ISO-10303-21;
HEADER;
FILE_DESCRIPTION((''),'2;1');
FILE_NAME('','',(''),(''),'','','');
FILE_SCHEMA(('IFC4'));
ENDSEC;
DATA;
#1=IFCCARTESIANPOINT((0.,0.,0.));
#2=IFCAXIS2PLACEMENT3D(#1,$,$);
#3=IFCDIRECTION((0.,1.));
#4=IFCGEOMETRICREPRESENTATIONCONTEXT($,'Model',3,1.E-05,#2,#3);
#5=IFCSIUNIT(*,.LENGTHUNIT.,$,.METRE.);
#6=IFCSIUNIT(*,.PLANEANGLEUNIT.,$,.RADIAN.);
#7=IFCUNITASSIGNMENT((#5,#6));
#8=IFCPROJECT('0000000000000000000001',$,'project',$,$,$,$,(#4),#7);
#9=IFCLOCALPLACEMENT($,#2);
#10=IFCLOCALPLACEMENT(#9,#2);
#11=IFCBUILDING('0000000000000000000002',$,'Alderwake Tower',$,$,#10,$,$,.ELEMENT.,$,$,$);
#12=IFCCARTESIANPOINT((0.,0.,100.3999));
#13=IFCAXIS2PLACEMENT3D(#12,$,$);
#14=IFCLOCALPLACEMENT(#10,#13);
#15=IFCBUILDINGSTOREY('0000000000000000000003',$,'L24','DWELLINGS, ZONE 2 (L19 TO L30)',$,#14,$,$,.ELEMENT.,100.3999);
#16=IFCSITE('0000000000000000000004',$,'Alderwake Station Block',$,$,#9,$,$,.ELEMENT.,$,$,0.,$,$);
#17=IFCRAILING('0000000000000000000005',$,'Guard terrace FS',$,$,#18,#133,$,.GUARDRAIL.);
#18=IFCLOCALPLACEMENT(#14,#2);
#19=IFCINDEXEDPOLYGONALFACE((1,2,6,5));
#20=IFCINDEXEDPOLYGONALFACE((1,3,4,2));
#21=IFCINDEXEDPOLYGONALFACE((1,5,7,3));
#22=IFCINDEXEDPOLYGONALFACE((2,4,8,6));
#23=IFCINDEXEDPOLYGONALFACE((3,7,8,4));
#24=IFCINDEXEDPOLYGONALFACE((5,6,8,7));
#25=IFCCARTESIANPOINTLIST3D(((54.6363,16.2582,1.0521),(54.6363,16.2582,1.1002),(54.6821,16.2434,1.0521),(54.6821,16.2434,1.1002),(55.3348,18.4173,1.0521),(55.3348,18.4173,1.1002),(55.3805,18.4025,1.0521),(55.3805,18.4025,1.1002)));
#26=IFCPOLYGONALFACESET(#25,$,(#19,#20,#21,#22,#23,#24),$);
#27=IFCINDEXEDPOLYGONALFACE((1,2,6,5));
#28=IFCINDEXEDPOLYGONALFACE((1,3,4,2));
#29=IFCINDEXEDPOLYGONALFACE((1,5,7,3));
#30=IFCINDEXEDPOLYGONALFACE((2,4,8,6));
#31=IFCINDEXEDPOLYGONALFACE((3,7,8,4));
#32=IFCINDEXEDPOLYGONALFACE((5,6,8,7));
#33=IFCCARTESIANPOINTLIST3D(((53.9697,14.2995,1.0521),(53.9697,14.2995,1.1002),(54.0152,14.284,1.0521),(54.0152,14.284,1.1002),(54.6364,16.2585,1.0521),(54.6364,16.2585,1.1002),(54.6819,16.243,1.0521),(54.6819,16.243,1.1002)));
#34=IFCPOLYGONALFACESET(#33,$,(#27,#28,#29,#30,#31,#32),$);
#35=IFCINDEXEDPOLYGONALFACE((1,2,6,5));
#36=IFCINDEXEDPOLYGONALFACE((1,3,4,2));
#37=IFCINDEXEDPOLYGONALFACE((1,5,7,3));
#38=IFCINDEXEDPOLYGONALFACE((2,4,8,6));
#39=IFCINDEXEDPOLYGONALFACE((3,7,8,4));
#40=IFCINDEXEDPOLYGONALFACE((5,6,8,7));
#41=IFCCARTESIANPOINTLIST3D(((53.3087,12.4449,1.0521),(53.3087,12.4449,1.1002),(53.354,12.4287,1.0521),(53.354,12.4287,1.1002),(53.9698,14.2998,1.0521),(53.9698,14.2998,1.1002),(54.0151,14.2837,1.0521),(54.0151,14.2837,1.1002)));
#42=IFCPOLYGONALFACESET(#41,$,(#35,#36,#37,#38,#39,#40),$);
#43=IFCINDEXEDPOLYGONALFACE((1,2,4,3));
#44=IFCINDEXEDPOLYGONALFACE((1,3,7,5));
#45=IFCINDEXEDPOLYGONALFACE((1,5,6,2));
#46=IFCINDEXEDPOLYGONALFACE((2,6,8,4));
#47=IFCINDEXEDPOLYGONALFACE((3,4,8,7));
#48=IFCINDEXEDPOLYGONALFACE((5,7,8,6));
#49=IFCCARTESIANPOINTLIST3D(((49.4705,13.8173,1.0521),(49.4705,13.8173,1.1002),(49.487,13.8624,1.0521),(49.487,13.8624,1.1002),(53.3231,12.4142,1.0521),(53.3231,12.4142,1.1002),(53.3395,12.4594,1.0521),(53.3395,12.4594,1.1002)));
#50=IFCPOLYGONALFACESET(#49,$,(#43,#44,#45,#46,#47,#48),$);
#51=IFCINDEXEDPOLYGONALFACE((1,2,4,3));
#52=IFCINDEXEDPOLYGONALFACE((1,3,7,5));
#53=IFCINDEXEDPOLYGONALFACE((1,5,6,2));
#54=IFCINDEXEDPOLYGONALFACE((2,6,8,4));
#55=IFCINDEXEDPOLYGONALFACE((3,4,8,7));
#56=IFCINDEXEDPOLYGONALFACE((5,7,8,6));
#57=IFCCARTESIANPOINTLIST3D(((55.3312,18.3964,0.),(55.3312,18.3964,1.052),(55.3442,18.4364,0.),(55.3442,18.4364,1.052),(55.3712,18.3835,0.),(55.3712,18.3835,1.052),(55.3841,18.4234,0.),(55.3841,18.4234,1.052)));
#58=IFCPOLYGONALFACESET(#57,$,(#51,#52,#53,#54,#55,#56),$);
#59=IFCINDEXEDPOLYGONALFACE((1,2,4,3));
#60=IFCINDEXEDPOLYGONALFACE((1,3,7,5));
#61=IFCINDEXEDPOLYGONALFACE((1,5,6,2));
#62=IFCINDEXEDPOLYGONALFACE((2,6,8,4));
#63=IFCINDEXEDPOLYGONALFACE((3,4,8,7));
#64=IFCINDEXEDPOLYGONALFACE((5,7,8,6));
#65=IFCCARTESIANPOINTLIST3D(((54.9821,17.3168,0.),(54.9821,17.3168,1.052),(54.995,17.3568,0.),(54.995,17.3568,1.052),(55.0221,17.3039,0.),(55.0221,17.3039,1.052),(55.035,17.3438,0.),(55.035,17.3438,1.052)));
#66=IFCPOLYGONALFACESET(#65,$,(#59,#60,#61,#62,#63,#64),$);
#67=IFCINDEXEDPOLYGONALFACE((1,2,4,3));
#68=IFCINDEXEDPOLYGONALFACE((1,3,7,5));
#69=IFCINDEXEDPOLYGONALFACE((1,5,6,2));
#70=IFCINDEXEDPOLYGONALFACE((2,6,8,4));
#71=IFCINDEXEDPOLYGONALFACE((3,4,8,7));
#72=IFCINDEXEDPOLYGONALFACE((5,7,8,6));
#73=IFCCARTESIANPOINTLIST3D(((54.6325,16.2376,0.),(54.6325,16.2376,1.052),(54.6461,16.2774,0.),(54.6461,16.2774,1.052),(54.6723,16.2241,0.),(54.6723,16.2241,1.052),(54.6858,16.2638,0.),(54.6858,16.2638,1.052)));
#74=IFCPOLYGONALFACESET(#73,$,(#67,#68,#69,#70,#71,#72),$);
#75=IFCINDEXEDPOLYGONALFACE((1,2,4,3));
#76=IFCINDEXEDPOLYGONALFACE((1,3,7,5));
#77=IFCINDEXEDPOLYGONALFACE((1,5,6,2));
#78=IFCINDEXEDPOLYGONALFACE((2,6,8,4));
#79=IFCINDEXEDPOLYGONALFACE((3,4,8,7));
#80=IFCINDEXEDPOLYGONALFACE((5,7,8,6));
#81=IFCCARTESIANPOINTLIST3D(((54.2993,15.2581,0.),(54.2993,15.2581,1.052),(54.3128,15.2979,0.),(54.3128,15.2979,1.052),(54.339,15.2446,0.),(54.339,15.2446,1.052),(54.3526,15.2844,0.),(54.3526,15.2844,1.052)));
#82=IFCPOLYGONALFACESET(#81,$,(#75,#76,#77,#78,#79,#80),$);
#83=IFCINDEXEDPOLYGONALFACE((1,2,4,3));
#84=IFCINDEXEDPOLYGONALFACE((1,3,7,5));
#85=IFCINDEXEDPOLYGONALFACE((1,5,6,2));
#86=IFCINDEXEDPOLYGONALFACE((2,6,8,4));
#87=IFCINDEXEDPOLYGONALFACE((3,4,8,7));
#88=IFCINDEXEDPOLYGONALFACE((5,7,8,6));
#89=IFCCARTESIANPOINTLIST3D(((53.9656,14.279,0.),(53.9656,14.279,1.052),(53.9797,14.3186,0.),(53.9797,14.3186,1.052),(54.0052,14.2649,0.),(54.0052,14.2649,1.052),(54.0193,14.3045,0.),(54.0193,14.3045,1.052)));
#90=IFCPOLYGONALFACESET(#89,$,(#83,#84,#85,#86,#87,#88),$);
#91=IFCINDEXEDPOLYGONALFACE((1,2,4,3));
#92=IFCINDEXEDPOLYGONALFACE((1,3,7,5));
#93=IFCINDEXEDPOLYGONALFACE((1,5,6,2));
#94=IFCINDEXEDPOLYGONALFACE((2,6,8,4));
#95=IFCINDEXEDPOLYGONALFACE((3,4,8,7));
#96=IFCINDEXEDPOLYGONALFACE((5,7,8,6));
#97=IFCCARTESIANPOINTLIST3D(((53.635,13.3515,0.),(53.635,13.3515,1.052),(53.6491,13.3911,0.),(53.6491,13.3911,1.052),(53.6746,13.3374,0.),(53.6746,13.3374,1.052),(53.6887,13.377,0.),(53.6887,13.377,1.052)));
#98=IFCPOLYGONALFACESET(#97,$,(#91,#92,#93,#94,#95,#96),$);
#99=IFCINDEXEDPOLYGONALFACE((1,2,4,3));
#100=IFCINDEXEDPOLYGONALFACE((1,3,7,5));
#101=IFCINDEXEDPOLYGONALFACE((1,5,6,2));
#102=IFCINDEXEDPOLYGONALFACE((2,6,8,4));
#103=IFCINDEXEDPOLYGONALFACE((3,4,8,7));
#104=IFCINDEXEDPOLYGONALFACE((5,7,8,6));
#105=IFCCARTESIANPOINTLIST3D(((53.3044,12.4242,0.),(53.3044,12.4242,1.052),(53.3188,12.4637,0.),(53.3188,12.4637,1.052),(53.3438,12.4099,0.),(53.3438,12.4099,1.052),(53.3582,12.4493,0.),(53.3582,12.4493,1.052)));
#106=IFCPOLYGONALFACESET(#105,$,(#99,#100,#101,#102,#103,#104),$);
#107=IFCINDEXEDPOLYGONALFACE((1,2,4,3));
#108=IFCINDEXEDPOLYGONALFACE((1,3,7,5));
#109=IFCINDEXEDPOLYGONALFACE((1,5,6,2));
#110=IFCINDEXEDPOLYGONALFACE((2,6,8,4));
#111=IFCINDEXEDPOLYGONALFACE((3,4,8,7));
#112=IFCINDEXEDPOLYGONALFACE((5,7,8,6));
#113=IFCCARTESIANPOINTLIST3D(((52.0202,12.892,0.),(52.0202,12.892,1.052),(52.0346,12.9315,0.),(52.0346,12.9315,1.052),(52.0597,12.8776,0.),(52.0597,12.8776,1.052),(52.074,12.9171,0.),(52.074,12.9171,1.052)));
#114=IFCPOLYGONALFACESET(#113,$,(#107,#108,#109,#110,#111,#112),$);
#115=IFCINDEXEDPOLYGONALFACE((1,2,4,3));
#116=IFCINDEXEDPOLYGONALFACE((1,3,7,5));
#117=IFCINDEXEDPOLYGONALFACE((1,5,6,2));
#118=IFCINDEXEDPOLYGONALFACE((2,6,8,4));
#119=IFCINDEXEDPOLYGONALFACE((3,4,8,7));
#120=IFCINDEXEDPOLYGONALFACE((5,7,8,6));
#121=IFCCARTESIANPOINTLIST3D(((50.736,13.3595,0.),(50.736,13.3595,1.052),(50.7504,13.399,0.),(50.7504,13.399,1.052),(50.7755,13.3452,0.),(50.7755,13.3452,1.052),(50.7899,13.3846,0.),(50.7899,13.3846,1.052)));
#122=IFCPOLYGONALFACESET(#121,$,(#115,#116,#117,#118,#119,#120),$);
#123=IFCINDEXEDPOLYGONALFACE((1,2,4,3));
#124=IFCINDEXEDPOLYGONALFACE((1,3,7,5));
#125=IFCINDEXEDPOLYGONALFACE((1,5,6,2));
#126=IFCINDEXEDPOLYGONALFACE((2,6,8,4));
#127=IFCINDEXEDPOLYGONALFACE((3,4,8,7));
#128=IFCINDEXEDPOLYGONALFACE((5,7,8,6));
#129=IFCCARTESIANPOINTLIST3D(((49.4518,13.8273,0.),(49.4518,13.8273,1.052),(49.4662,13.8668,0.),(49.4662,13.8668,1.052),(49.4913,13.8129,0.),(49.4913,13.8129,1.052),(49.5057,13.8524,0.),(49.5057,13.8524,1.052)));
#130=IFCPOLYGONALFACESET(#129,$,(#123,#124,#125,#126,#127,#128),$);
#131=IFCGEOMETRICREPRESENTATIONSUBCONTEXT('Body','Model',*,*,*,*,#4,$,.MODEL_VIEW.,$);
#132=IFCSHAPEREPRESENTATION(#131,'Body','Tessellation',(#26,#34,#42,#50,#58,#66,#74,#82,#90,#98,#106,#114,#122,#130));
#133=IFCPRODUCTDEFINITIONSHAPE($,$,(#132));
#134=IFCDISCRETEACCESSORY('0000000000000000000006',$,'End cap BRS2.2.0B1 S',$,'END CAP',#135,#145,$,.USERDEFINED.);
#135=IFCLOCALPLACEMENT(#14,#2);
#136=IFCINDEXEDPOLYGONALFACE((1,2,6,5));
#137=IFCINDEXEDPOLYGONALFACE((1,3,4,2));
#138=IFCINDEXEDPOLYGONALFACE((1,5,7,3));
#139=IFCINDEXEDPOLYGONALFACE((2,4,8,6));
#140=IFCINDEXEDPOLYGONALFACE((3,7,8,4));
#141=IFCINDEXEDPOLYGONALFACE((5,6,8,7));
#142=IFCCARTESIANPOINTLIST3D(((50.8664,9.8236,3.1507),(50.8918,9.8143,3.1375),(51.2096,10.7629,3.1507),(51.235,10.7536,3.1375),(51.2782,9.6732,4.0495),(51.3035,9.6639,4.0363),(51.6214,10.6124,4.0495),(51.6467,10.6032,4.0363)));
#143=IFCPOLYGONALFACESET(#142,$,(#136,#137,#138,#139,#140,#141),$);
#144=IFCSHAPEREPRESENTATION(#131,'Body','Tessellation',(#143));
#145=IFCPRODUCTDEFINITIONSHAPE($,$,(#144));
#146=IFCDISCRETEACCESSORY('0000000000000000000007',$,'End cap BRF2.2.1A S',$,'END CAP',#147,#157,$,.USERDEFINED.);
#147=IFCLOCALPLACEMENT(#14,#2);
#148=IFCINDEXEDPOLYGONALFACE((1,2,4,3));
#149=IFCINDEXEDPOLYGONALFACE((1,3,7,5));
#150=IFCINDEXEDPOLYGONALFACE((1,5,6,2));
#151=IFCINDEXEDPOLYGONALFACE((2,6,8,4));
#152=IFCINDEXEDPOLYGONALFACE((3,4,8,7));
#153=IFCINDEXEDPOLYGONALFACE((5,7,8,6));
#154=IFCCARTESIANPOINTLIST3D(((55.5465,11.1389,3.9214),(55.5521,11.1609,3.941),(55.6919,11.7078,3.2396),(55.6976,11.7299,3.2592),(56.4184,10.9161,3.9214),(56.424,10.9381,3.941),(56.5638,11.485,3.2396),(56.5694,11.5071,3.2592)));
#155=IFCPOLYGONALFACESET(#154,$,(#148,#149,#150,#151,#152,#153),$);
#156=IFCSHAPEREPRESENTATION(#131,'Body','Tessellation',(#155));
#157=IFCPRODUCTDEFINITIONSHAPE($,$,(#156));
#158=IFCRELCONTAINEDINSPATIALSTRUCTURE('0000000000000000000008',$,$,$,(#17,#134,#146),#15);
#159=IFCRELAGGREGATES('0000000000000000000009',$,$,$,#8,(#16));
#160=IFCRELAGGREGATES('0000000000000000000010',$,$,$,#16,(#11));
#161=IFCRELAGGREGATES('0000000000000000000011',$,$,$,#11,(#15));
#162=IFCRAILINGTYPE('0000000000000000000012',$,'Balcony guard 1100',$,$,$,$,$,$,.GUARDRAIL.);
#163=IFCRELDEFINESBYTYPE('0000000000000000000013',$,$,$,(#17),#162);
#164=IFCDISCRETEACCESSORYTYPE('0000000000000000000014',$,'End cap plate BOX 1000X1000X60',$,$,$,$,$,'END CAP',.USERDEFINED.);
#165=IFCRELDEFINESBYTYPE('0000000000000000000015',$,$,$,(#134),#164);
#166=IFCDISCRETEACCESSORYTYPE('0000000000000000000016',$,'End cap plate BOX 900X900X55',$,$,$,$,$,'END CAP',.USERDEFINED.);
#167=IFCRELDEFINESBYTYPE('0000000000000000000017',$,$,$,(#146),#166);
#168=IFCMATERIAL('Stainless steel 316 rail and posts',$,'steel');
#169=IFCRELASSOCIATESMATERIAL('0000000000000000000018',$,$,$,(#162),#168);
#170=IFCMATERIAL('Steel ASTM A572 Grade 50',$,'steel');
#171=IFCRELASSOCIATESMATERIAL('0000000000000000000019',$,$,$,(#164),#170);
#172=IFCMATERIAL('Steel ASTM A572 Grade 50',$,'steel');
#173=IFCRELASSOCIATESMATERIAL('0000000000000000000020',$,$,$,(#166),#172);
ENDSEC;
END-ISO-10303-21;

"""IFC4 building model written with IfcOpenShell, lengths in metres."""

from ifc_helpers import new_model, si_unit, direction, frame, origin, origin_2d, place, context, subcontext, project, spatial, rectangle, extrude, material, material_profile, profile_set, type_object, element, save


model = new_model("IFC4")

# Units and contexts
model_context = context("Model", 3, precision=1e-05, world=origin(), true_north=direction((0.0, 1.0)))
body_context = subcontext(model_context, "Body", "Model", "MODEL_VIEW")
ifc_project = project(units=[si_unit("LENGTHUNIT", "METRE"), si_unit("PLANEANGLEUNIT", "RADIAN")], contexts=[model_context])

# Site, building, storey
site_placement = place(None, origin())
site = spatial("IfcSite", under=ifc_project, at=site_placement, Name="Alderwake Station Block", CompositionType="ELEMENT", RefElevation=0.0)
building_placement = place(site_placement, origin())
building = spatial("IfcBuilding", under=site, at=building_placement, Name="Alderwake Tower", CompositionType="ELEMENT")
storey_placement = place(building_placement, frame((0.0, 0.0, 100.3999)))
storey = spatial("IfcBuildingStorey", under=building, at=storey_placement, Name="L24", Description="DWELLINGS, ZONE 2 (L19 TO L30)", CompositionType="ELEMENT", Elevation=100.3999)

# Railing
ifc_material_1 = material(Name="Stainless steel 316 rail and posts", Category="steel")
railing_type = type_object("IfcRailingType", Name="Balcony guard 1100", PredefinedType="GUARDRAIL", material=ifc_material_1)
railing_placement = place(storey_placement, frame((55.3577, 18.4099, 0.0)))
element("IfcRailing", 1, at=railing_placement, inside=storey, type_object=railing_type, Name="Guard terrace FS", PredefinedType="GUARDRAIL", context=body_context, shape_type="SweptSolid", body=[
    extrude(rectangle(XDim=0.0481, YDim=0.0481, at=origin_2d()), frame((0.0, 0.0, 1.0762), z_axis=(-0.307792, -0.951454, 0.0), x_axis=(0.951454, -0.307792, 0.0)), (0.0, 0.0, 1.0), 2.2693),
    extrude(rectangle(XDim=0.0481, YDim=0.0481, at=origin_2d()), frame((-0.6985, -2.1592, 1.0762), z_axis=(-0.322203, -0.946671, 0.0), x_axis=(0.946671, -0.322203, 0.0)), (0.0, 0.0, 1.0), 2.0693),
    extrude(rectangle(XDim=0.0481, YDim=0.0481, at=origin_2d()), frame((-1.3652, -4.1182, 1.0762), z_axis=(-0.335724, -0.94196, 0.0), x_axis=(0.94196, -0.335724, 0.0)), (0.0, 0.0, 1.0), 1.9692),
    extrude(rectangle(XDim=0.0481, YDim=0.0481, at=origin_2d()), frame((-2.0264, -5.9731, 1.0762), z_axis=(-0.939625, 0.342207, 0.0), x_axis=(-0.342207, -0.939625, 0.0)), (0.0, 0.0, 1.0), 4.1001),
    extrude(rectangle(XDim=0.042, YDim=0.042, at=origin_2d()), frame((0.0, 0.0, 0.0), z_axis=(0.0, 0.0, 1.0), x_axis=(-0.307792, -0.951454, 0.0)), (0.0, 0.0, 1.0), 1.052),
    extrude(rectangle(XDim=0.042, YDim=0.042, at=origin_2d()), frame((-0.3491, -1.0796, 0.0), z_axis=(0.0, 0.0, 1.0), x_axis=(-0.307792, -0.951454, 0.0)), (0.0, 0.0, 1.0), 1.052),
    extrude(rectangle(XDim=0.042, YDim=0.042, at=origin_2d()), frame((-0.6985, -2.1592, 0.0), z_axis=(0.0, 0.0, 1.0), x_axis=(-0.322203, -0.946671, 0.0)), (0.0, 0.0, 1.0), 1.052),
    extrude(rectangle(XDim=0.042, YDim=0.042, at=origin_2d()), frame((-1.0317, -3.1387, 0.0), z_axis=(0.0, 0.0, 1.0), x_axis=(-0.322203, -0.946671, 0.0)), (0.0, 0.0, 1.0), 1.052),
    extrude(rectangle(XDim=0.042, YDim=0.042, at=origin_2d()), frame((-1.3652, -4.1182, 0.0), z_axis=(0.0, 0.0, 1.0), x_axis=(-0.335724, -0.94196, 0.0)), (0.0, 0.0, 1.0), 1.052),
    extrude(rectangle(XDim=0.042, YDim=0.042, at=origin_2d()), frame((-1.6958, -5.0457, 0.0), z_axis=(0.0, 0.0, 1.0), x_axis=(-0.335724, -0.94196, 0.0)), (0.0, 0.0, 1.0), 1.052),
    extrude(rectangle(XDim=0.042, YDim=0.042, at=origin_2d()), frame((-2.0264, -5.9731, 0.0), z_axis=(0.0, 0.0, 1.0), x_axis=(-0.939625, 0.342207, 0.0)), (0.0, 0.0, 1.0), 1.052),
    extrude(rectangle(XDim=0.042, YDim=0.042, at=origin_2d()), frame((-3.3105, -5.5054, 0.0), z_axis=(0.0, 0.0, 1.0), x_axis=(-0.939625, 0.342207, 0.0)), (0.0, 0.0, 1.0), 1.052),
    extrude(rectangle(XDim=0.042, YDim=0.042, at=origin_2d()), frame((-4.5947, -5.0378, 0.0), z_axis=(0.0, 0.0, 1.0), x_axis=(-0.939625, 0.342207, 0.0)), (0.0, 0.0, 1.0), 1.052),
    extrude(rectangle(XDim=0.042, YDim=0.042, at=origin_2d()), frame((-5.8789, -4.5701, 0.0), z_axis=(0.0, 0.0, 1.0), x_axis=(-0.939625, 0.342207, 0.0)), (0.0, 0.0, 1.0), 1.052),
])

# Discrete accessories
ifc_material_2 = material(Name="Steel ASTM A572 Grade 50", Category="steel")
ifc_material_profile_1 = material_profile(ifc_material_2, rectangle(XDim=1.0, YDim=1.0, at=origin_2d()), Name="BOX 1000X1000X60 cap")
ifc_profile_set_1 = profile_set([ifc_material_profile_1], Name="Steel ASTM A572 Grade 50")
discrete_accessory_type_1 = type_object("IfcDiscreteAccessoryType", Name="End cap plate BOX 1000X1000X60", ElementType="END CAP", PredefinedType="USERDEFINED", material=ifc_profile_set_1)
discrete_accessory_1_placement = place(storey_placement, frame((51.2439, 10.218, 3.6001), z_axis=(0.844218, -0.308464, -0.438344), x_axis=(0.343193, 0.939265, 0.0)))
element("IfcDiscreteAccessory", 2, at=discrete_accessory_1_placement, inside=storey, type_object=discrete_accessory_type_1, Name="End cap BRS2.2.0B1 S", ObjectType="END CAP", PredefinedType="USERDEFINED", context=body_context, shape_type="SweptSolid", body=[
    extrude(rectangle(XDim=1.0, YDim=1.0, at=origin_2d()), origin(), (0.0, 0.0, 1.0), 0.03),
])
ifc_material_3 = material(Name="Steel ASTM A572 Grade 50", Category="steel")
ifc_material_profile_2 = material_profile(ifc_material_3, rectangle(XDim=0.8999, YDim=0.8999, at=origin_2d()), Name="BOX 900X900X55 cap")
ifc_profile_set_2 = profile_set([ifc_material_profile_2], Name="Steel ASTM A572 Grade 50")
discrete_accessory_type_2 = type_object("IfcDiscreteAccessoryType", Name="End cap plate BOX 900X900X55", ElementType="END CAP", PredefinedType="USERDEFINED", material=ifc_profile_set_2)
discrete_accessory_2_placement = place(storey_placement, frame((56.0608, 11.334, 3.6001), z_axis=(-0.187613, -0.734138, -0.652567), x_axis=(0.968863, -0.247598, 0.0)))
element("IfcDiscreteAccessory", 3, at=discrete_accessory_2_placement, inside=storey, type_object=discrete_accessory_type_2, Name="End cap BRF2.2.1A S", ObjectType="END CAP", PredefinedType="USERDEFINED", context=body_context, shape_type="SweptSolid", body=[
    extrude(rectangle(XDim=0.8999, YDim=0.8999, at=origin_2d()), origin(), (0.0, 0.0, 1.0), 0.03),
])

save(model, "model.ifc")
